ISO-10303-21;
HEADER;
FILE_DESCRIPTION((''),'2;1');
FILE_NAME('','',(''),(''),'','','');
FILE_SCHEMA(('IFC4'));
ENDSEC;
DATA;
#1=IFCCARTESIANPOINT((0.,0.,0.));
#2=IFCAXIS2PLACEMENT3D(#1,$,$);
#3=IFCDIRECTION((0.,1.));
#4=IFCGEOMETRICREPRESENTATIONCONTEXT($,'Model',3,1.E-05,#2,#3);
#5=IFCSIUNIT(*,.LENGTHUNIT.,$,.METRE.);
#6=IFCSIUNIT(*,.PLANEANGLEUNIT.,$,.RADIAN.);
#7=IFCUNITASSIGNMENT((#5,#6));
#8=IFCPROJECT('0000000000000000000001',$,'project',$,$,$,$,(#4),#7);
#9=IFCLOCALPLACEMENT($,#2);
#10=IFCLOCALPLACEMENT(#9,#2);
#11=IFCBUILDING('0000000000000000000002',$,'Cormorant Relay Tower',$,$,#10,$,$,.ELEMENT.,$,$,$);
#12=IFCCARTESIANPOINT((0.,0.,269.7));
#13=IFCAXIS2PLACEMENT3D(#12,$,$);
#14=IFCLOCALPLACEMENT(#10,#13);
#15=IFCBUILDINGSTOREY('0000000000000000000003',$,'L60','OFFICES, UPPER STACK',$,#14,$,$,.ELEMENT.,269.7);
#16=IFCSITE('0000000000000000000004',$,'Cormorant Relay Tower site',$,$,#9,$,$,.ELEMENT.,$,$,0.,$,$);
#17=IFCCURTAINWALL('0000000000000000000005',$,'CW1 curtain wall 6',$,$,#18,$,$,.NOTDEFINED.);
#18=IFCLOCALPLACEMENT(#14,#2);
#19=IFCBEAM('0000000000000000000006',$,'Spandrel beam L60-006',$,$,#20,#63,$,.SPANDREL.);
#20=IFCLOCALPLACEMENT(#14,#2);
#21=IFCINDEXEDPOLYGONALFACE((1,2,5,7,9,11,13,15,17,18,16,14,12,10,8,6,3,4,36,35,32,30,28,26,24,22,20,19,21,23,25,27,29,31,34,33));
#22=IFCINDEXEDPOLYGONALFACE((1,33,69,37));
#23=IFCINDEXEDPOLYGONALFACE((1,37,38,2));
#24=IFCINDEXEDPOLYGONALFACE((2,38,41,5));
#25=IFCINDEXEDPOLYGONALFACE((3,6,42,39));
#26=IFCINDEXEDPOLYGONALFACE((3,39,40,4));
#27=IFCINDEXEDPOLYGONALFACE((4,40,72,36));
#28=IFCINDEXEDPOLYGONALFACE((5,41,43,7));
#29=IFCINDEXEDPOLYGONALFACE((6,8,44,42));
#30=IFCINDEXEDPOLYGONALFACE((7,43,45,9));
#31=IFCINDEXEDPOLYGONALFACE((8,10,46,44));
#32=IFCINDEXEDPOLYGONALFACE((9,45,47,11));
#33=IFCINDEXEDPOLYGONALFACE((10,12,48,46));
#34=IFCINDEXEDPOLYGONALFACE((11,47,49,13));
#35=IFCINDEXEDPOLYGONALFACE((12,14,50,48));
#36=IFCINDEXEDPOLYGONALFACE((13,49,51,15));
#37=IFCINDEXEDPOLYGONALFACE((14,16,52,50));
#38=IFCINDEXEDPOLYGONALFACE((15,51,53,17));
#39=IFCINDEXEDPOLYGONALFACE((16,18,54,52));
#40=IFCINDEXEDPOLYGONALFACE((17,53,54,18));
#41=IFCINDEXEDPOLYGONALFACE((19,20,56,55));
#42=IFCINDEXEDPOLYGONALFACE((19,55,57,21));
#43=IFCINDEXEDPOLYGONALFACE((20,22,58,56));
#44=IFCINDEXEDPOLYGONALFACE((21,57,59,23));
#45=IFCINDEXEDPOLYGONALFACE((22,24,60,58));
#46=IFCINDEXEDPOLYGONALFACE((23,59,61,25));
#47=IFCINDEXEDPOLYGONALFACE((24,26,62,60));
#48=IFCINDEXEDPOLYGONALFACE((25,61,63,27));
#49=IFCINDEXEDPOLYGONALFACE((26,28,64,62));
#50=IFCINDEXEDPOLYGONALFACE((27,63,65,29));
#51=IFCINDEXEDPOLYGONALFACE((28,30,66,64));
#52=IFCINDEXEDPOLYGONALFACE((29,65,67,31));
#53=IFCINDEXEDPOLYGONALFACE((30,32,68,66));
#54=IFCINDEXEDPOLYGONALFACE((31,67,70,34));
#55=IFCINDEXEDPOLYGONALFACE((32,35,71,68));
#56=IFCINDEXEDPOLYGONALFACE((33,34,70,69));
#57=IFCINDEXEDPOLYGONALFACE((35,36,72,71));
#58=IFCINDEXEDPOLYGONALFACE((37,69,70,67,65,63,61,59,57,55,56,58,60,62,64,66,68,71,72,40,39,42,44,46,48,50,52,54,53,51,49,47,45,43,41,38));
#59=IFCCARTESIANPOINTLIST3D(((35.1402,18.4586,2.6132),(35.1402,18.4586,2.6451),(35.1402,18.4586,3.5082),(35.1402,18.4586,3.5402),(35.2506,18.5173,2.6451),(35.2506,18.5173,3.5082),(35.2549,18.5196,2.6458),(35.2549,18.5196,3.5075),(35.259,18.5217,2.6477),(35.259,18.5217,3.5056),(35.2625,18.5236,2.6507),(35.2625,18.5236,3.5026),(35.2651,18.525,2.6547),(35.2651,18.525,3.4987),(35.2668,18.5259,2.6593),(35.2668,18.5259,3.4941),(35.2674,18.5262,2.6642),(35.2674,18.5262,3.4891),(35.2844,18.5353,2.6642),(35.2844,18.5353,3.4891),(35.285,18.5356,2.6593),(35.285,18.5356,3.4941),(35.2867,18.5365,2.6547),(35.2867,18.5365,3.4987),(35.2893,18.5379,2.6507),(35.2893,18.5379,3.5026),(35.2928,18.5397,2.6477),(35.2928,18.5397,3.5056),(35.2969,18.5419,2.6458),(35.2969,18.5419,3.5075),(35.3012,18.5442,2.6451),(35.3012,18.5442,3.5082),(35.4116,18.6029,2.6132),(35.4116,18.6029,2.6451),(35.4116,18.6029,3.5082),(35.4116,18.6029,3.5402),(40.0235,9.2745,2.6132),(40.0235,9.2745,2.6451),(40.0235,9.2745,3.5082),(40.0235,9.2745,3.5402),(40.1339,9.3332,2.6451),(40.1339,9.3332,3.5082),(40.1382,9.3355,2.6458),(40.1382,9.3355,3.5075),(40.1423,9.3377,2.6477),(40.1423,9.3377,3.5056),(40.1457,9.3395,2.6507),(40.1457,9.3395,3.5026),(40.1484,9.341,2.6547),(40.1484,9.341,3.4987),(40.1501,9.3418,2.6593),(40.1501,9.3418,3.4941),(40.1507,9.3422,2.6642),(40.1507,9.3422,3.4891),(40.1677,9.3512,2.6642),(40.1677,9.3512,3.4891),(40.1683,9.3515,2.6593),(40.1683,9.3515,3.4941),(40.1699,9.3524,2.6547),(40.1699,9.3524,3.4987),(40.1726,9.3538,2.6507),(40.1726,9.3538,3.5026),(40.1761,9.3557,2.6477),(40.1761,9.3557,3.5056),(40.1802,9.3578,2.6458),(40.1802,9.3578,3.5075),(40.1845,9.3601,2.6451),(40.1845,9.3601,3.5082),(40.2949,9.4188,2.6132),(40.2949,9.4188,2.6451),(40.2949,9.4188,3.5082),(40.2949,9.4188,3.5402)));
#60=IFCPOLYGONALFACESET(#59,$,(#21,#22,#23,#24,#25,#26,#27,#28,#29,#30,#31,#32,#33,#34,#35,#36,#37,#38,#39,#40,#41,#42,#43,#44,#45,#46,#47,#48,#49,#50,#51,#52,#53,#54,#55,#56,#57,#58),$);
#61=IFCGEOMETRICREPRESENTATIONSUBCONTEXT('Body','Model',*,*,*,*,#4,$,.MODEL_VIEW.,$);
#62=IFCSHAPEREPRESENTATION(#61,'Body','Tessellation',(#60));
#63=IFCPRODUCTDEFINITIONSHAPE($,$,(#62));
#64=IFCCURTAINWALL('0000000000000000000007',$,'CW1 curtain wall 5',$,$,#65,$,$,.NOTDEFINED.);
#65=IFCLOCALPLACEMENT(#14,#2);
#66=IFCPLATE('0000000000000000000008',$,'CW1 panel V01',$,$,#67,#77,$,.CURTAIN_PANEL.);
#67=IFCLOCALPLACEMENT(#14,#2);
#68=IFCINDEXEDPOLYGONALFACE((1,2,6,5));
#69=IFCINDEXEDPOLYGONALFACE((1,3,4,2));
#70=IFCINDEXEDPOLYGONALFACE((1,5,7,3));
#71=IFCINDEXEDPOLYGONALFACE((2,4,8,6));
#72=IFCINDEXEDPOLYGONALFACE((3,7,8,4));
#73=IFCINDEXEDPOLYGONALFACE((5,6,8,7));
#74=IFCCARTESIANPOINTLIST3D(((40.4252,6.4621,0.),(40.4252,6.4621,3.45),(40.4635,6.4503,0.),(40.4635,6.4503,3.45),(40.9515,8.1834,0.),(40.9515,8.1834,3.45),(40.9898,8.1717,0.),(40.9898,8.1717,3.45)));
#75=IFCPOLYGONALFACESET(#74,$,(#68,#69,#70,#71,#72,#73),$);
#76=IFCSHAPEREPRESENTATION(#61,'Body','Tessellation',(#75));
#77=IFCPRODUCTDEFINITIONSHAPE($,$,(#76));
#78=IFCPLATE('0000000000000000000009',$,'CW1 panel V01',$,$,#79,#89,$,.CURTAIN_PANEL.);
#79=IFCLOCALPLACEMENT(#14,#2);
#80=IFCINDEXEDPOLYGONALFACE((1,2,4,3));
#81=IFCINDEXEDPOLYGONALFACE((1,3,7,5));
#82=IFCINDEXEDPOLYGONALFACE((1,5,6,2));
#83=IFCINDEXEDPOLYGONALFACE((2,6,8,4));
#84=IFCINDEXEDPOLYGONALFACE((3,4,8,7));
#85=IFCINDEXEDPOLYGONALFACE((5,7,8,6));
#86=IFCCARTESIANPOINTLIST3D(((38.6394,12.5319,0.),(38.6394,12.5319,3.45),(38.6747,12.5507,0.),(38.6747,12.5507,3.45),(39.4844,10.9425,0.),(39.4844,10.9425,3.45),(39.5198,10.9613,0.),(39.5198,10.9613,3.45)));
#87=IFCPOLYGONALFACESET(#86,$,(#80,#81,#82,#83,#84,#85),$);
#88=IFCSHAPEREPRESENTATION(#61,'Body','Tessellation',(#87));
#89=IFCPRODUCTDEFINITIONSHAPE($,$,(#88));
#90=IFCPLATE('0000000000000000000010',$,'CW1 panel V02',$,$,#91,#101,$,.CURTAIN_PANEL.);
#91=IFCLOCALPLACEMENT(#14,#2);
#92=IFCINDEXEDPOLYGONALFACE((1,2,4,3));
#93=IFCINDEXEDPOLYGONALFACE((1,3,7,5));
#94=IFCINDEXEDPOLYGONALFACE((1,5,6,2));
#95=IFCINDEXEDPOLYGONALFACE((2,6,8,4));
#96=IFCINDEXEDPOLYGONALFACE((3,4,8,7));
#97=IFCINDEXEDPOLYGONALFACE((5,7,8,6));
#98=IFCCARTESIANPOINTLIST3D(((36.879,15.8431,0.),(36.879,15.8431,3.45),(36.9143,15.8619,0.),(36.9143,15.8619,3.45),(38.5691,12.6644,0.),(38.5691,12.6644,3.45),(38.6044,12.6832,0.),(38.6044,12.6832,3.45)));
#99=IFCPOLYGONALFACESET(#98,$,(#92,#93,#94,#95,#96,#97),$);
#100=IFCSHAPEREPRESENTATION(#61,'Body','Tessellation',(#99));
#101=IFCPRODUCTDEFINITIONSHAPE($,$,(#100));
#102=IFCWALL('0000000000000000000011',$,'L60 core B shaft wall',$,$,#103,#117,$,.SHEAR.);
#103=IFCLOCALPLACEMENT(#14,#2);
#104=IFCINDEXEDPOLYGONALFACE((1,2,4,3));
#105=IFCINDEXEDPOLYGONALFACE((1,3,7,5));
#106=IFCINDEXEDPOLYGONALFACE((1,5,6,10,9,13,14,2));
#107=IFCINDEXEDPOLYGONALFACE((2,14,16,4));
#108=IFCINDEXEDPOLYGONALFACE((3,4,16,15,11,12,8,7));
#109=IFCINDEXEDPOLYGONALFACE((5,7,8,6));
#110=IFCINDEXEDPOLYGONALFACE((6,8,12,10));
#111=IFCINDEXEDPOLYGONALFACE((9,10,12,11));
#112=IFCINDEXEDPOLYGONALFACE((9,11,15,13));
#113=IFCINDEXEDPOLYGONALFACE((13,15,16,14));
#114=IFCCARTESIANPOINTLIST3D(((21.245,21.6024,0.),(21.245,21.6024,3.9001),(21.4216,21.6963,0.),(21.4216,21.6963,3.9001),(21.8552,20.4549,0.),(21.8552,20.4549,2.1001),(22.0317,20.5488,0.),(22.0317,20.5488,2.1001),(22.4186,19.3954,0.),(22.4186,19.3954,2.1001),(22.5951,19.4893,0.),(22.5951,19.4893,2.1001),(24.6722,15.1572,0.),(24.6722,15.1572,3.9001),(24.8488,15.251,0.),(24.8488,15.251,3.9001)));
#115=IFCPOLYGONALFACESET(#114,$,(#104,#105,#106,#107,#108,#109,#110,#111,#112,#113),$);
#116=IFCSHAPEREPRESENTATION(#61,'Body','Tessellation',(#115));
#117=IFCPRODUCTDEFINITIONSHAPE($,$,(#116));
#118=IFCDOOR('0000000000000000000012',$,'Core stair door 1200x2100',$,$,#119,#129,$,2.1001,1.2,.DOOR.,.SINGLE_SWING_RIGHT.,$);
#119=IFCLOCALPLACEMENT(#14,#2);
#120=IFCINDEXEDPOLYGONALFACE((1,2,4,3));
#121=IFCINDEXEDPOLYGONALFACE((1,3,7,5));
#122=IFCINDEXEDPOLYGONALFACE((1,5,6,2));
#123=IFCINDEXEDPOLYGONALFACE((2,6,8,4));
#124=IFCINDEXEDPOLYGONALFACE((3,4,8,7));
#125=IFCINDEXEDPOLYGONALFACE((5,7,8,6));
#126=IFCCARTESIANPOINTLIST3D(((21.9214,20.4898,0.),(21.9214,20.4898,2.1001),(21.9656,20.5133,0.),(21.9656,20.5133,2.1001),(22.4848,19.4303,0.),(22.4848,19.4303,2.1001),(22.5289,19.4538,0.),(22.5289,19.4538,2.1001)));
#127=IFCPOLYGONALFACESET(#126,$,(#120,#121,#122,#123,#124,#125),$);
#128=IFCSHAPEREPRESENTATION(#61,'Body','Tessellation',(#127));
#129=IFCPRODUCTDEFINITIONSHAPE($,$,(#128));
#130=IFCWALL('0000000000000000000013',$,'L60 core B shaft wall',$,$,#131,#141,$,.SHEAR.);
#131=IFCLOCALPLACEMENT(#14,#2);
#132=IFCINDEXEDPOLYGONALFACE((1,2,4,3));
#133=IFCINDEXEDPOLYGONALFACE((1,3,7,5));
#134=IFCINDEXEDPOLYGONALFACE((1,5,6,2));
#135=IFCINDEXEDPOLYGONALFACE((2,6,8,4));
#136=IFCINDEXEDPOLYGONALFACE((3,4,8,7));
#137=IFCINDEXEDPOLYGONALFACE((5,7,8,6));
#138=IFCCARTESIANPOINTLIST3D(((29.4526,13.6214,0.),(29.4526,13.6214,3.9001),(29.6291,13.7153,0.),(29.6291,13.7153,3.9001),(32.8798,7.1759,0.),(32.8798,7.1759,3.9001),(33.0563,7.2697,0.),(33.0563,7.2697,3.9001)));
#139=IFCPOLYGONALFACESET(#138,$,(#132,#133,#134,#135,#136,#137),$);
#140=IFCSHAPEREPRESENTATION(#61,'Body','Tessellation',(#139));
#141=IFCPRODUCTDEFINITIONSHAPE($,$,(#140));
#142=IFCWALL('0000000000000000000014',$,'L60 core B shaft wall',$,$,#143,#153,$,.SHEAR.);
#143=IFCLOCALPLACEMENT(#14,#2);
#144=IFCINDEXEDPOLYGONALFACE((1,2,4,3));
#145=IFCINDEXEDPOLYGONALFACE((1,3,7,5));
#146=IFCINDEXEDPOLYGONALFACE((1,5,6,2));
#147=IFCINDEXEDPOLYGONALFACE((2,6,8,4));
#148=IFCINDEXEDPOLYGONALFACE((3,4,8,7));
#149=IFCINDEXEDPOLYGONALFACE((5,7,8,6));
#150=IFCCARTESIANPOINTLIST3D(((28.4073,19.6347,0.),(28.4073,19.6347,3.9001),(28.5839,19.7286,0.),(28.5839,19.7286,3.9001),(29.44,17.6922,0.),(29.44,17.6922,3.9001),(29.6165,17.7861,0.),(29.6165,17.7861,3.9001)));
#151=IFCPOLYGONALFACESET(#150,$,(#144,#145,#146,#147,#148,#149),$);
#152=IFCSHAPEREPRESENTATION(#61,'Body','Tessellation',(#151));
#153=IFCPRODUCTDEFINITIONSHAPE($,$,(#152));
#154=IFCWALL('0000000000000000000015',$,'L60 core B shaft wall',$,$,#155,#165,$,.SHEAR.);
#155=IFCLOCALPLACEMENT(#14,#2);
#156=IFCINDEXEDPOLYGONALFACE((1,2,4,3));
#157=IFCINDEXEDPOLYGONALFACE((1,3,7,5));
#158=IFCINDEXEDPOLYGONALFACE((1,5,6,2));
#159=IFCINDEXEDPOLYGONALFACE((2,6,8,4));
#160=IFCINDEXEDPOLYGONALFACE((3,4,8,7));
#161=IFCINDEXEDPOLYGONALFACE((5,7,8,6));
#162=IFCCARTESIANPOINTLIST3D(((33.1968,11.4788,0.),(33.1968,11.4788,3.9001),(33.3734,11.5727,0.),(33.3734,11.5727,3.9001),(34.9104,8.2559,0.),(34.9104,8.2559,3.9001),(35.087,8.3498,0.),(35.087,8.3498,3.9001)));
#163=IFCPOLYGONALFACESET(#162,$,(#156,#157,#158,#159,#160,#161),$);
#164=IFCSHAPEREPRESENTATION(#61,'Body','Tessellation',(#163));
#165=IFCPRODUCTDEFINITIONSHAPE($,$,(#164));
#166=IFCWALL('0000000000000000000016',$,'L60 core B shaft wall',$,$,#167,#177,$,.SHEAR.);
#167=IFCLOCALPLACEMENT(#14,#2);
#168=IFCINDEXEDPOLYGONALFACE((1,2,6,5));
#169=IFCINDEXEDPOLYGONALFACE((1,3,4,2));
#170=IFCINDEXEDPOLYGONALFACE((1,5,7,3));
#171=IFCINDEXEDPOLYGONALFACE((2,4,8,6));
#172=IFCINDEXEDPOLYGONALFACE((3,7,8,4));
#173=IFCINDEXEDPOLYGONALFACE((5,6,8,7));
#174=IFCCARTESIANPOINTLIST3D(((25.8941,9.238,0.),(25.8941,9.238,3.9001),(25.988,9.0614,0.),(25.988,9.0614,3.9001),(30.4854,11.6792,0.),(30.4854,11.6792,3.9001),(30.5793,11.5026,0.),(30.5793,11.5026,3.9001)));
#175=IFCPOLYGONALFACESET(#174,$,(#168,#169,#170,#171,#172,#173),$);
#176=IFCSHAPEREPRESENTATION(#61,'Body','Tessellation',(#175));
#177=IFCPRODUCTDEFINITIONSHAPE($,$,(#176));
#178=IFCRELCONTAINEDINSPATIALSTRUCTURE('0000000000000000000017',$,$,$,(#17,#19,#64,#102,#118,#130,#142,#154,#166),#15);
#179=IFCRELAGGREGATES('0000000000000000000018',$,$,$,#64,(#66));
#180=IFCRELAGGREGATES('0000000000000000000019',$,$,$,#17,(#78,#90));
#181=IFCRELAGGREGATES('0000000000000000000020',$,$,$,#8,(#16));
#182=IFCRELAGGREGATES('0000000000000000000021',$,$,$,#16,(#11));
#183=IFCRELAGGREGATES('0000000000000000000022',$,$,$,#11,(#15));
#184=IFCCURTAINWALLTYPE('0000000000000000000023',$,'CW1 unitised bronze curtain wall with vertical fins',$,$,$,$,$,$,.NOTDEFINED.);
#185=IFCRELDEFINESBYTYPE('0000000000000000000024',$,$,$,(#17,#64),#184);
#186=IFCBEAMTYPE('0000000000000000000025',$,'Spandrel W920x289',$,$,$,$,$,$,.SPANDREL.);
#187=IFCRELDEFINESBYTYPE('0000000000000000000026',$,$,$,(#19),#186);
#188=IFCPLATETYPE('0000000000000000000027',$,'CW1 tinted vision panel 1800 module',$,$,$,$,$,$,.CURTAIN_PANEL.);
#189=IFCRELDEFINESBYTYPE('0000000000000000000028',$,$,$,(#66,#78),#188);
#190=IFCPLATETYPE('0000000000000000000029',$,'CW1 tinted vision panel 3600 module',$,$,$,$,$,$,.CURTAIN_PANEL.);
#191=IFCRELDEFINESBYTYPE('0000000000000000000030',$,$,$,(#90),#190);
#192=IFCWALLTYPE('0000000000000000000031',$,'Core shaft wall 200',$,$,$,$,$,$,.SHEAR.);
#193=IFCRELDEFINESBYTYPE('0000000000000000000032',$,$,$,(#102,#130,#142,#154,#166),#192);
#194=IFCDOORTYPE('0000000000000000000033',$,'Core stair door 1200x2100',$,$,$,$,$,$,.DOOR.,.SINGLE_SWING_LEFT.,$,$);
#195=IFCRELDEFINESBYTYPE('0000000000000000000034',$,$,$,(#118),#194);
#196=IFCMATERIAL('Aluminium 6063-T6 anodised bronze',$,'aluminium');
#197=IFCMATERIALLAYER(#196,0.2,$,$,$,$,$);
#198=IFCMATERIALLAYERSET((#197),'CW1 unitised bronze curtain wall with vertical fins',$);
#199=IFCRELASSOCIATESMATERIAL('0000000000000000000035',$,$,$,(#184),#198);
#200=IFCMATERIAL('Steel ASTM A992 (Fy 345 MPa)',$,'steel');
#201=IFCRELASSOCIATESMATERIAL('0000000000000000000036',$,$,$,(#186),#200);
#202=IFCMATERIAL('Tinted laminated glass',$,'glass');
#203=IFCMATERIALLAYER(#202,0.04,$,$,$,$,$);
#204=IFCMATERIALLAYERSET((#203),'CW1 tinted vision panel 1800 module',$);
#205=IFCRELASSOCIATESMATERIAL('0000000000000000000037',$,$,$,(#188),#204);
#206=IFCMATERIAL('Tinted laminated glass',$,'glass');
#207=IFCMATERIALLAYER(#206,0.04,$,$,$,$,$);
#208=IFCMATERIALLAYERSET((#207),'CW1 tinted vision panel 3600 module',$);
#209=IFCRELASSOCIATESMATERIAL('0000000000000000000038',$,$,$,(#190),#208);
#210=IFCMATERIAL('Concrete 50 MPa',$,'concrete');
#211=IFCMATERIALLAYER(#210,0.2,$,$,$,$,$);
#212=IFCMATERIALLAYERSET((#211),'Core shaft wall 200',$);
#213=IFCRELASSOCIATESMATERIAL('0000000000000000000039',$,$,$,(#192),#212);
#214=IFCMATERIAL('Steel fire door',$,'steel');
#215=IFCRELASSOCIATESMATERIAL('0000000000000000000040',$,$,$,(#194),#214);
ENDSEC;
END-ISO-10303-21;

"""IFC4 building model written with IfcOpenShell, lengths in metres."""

from ifc_helpers import new_model, si_unit, direction, frame, frame_2d, origin, origin_2d, place, context, subcontext, project, spatial, rectangle, i_section, extrude, material, layer, layer_set, material_profile, profile_set, type_object, element, fill, aggregate, save


model = new_model("IFC4")

# Units and contexts
model_context = context("Model", 3, precision=1e-05, world=origin(), true_north=direction((0.0, 1.0)))
body_context = subcontext(model_context, "Body", "Model", "MODEL_VIEW")
ifc_project = project(units=[si_unit("LENGTHUNIT", "METRE"), si_unit("PLANEANGLEUNIT", "RADIAN")], contexts=[model_context])

# Site, building, storey
site_placement = place(None, origin())
site = spatial("IfcSite", under=ifc_project, at=site_placement, Name="Cormorant Relay Tower site", CompositionType="ELEMENT", RefElevation=0.0)
building_placement = place(site_placement, origin())
building = spatial("IfcBuilding", under=site, at=building_placement, Name="Cormorant Relay Tower", CompositionType="ELEMENT")
storey_placement = place(building_placement, frame((0.0, 0.0, 269.7)))
storey = spatial("IfcBuildingStorey", under=building, at=storey_placement, Name="L60", Description="OFFICES, UPPER STACK", CompositionType="ELEMENT", Elevation=269.7)

# Curtain wall
ifc_material_1 = material(Name="Aluminium 6063-T6 anodised bronze", Category="aluminium")
ifc_layer_1 = layer(ifc_material_1, 0.2)
ifc_layer_set_1 = layer_set([ifc_layer_1], Name="CW1 unitised bronze curtain wall with vertical fins")
curtain_wall_type = type_object("IfcCurtainWallType", Name="CW1 unitised bronze curtain wall with vertical fins", PredefinedType="NOTDEFINED", material=ifc_layer_set_1)
curtain_wall_1_placement = place(storey_placement, origin())
curtain_wall_1 = element("IfcCurtainWall", 1, at=curtain_wall_1_placement, inside=storey, type_object=curtain_wall_type, Name="CW1 curtain wall 6", PredefinedType="NOTDEFINED")

# Beam
ifc_material_2 = material(Name="Steel ASTM A992 (Fy 345 MPa)", Category="steel")
ifc_material_profile_1 = material_profile(ifc_material_2, i_section(OverallWidth=0.3074, OverallDepth=0.927, WebThickness=0.0193, FlangeThickness=0.032, FilletRadius=0.019, at=origin_2d()), Name="W920x289")
ifc_profile_set_1 = profile_set([ifc_material_profile_1], Name="Steel ASTM A992 (Fy 345 MPa)")
beam_type = type_object("IfcBeamType", Name="Spandrel W920x289", PredefinedType="SPANDREL", material=ifc_profile_set_1)
beam_placement = place(storey_placement, frame((40.1592, 9.3467, 3.0767), z_axis=(-0.469474, 0.882946, 0.0), x_axis=(-0.882946, -0.469474, 0.0)))
element("IfcBeam", 2, at=beam_placement, inside=storey, type_object=beam_type, Name="Spandrel beam L60-006", PredefinedType="SPANDREL", context=body_context, shape_type="SweptSolid", body=[
    extrude(i_section(OverallWidth=0.3074, OverallDepth=0.927, WebThickness=0.0193, FlangeThickness=0.032, FilletRadius=0.019, at=origin_2d()), origin(), (0.0, 0.0, 1.0), 10.4016),
])

# Curtain wall, plate
curtain_wall_2_placement = place(storey_placement, origin())
curtain_wall_2 = element("IfcCurtainWall", 3, at=curtain_wall_2_placement, inside=storey, type_object=curtain_wall_type, Name="CW1 curtain wall 5", PredefinedType="NOTDEFINED")
ifc_material_3 = material(Name="Tinted laminated glass", Category="glass")
ifc_layer_2 = layer(ifc_material_3, 0.04)
ifc_layer_set_2 = layer_set([ifc_layer_2], Name="CW1 tinted vision panel 1800 module")
plate_type_1 = type_object("IfcPlateType", Name="CW1 tinted vision panel 1800 module", PredefinedType="CURTAIN_PANEL", material=ifc_layer_set_2)
plate_1_placement = place(storey_placement, frame((40.7075, 7.3169, 0.0), z_axis=(0.0, 0.0, 1.0), x_axis=(0.292372, 0.956305, 0.0)))
plate_1 = element("IfcPlate", 4, at=plate_1_placement, type_object=plate_type_1, Name="CW1 panel V01", PredefinedType="CURTAIN_PANEL", context=body_context, shape_type="SweptSolid", body=[
    extrude(rectangle(XDim=1.8, YDim=0.04, at=origin_2d()), origin(), (0.0, 0.0, 1.0), 3.45),
])

# Plates
plate_2_placement = place(storey_placement, frame((39.0796, 11.7466, 0.0), z_axis=(0.0, 0.0, 1.0), x_axis=(-0.469472, 0.882948, 0.0)))
plate_2 = element("IfcPlate", 5, at=plate_2_placement, type_object=plate_type_1, Name="CW1 panel V01", PredefinedType="CURTAIN_PANEL", context=body_context, shape_type="SweptSolid", body=[
    extrude(rectangle(XDim=1.8, YDim=0.04, at=origin_2d()), origin(), (0.0, 0.0, 1.0), 3.45),
])
ifc_material_4 = material(Name="Tinted laminated glass", Category="glass")
ifc_layer_3 = layer(ifc_material_4, 0.04)
ifc_layer_set_3 = layer_set([ifc_layer_3], Name="CW1 tinted vision panel 3600 module")
plate_type_2 = type_object("IfcPlateType", Name="CW1 tinted vision panel 3600 module", PredefinedType="CURTAIN_PANEL", material=ifc_layer_set_3)
plate_3_placement = place(storey_placement, frame((37.7417, 14.2632, 0.0), z_axis=(0.0, 0.0, 1.0), x_axis=(-0.469472, 0.882948, 0.0)))
plate_3 = element("IfcPlate", 6, at=plate_3_placement, type_object=plate_type_2, Name="CW1 panel V02", PredefinedType="CURTAIN_PANEL", context=body_context, shape_type="SweptSolid", body=[
    extrude(rectangle(XDim=3.6001, YDim=0.04, at=origin_2d()), origin(), (0.0, 0.0, 1.0), 3.45),
])

# Wall, opening, door
ifc_material_5 = material(Name="Concrete 50 MPa", Category="concrete")
ifc_layer_4 = layer(ifc_material_5, 0.2)
ifc_layer_set_4 = layer_set([ifc_layer_4], Name="Core shaft wall 200")
wall_type_1 = type_object("IfcWallType", Name="Core shaft wall 200", PredefinedType="SHEAR", material=ifc_layer_set_4)
wall_1_placement = place(storey_placement, frame((24.7605, 15.2041, 0.0), z_axis=(0.0, 0.0, 1.0), x_axis=(-0.469494, 0.882936, 0.0)))
wall_1 = element("IfcWall", 7, at=wall_1_placement, inside=storey, type_object=wall_type_1, Name="L60 core B shaft wall", PredefinedType="SHEAR", context=body_context, shape_type="SweptSolid", body=[
    extrude(rectangle(XDim=7.2998, YDim=0.2, at=frame_2d((3.6499, 0.0))), origin(), (0.0, 0.0, 1.0), 3.9001),
])
opening_1_placement = place(wall_1_placement, frame((4.8, 0.0, 0.0)))
opening_1 = element("IfcOpeningElement", 8, at=opening_1_placement, cuts=wall_1, PredefinedType="OPENING", context=body_context, shape_type="SweptSolid", body=[
    extrude(rectangle(XDim=1.2, YDim=2.1001, at=frame_2d((0.6001, 1.05))), frame((0.0, 0.1099, 0.0), z_axis=(0.0, -1.0, 0.0), x_axis=(1.0, 0.0, 0.0)), (0.0, 0.0, 1.0), 0.22),
])
ifc_material_6 = material(Name="Steel fire door", Category="steel")
door_type_1 = type_object("IfcDoorType", Name="Core stair door 1200x2100", OperationType="SINGLE_SWING_LEFT", PredefinedType="DOOR", material=ifc_material_6)
door_1_placement = place(opening_1_placement, frame((1.2, 0.0, 0.0), z_axis=(0.0, 0.0, 1.0), x_axis=(-1.0, 0.0, 0.0)))
door_1 = element("IfcDoor", 9, at=door_1_placement, inside=storey, type_object=door_type_1, Name="Core stair door 1200x2100", OperationType="SINGLE_SWING_RIGHT", OverallHeight=2.1001, OverallWidth=1.2, PredefinedType="DOOR", context=body_context, shape_type="SweptSolid", body=[
    extrude(rectangle(XDim=1.2, YDim=2.1001, at=frame_2d((0.6001, 1.05))), frame((0.0, 0.0249, 0.0), z_axis=(0.0, -1.0, 0.0), x_axis=(1.0, 0.0, 0.0)), (0.0, 0.0, 1.0), 0.05),
])
fill(opening_1, door_1)

# Walls
wall_2_placement = place(storey_placement, frame((32.968, 7.2229, 0.0), z_axis=(0.0, 0.0, 1.0), x_axis=(-0.46948, 0.882943, 0.0)))
element("IfcWall", 10, at=wall_2_placement, inside=storey, type_object=wall_type_1, Name="L60 core B shaft wall", PredefinedType="SHEAR", context=body_context, shape_type="SweptSolid", body=[
    extrude(rectangle(XDim=7.3, YDim=0.2, at=frame_2d((3.6499, 0.0))), origin(), (0.0, 0.0, 1.0), 3.9001),
])
wall_3_placement = place(storey_placement, frame((29.5283, 17.739, 0.0), z_axis=(0.0, 0.0, 1.0), x_axis=(-0.469401, 0.882985, 0.0)))
element("IfcWall", 11, at=wall_3_placement, inside=storey, type_object=wall_type_1, Name="L60 core B shaft wall", PredefinedType="SHEAR", context=body_context, shape_type="SweptSolid", body=[
    extrude(rectangle(XDim=2.2, YDim=0.2, at=frame_2d((1.1001, 0.0))), origin(), (0.0, 0.0, 1.0), 3.9001),
])
wall_4_placement = place(storey_placement, frame((34.9988, 8.3027, 0.0), z_axis=(0.0, 0.0, 1.0), x_axis=(-0.469467, 0.88295, 0.0)))
element("IfcWall", 12, at=wall_4_placement, inside=storey, type_object=wall_type_1, Name="L60 core B shaft wall", PredefinedType="SHEAR", context=body_context, shape_type="SweptSolid", body=[
    extrude(rectangle(XDim=3.6501, YDim=0.2, at=frame_2d((1.8252, 0.0))), origin(), (0.0, 0.0, 1.0), 3.9001),
])

# Wall
wall_5_placement = place(storey_placement, frame((25.9409, 9.1497, 0.0), z_axis=(0.0, 0.0, 1.0), x_axis=(0.882954, 0.46946, 0.0)))
element("IfcWall", 13, at=wall_5_placement, inside=storey, type_object=wall_type_1, Name="L60 core B shaft wall", PredefinedType="SHEAR", context=body_context, shape_type="SweptSolid", body=[
    extrude(rectangle(XDim=5.2, YDim=0.2, at=frame_2d((2.6001, 0.0))), origin(), (0.0, 0.0, 1.0), 3.9001),
])

aggregate(curtain_wall_2, [plate_1])
aggregate(curtain_wall_1, [plate_2, plate_3])

save(model, "model.ifc")
